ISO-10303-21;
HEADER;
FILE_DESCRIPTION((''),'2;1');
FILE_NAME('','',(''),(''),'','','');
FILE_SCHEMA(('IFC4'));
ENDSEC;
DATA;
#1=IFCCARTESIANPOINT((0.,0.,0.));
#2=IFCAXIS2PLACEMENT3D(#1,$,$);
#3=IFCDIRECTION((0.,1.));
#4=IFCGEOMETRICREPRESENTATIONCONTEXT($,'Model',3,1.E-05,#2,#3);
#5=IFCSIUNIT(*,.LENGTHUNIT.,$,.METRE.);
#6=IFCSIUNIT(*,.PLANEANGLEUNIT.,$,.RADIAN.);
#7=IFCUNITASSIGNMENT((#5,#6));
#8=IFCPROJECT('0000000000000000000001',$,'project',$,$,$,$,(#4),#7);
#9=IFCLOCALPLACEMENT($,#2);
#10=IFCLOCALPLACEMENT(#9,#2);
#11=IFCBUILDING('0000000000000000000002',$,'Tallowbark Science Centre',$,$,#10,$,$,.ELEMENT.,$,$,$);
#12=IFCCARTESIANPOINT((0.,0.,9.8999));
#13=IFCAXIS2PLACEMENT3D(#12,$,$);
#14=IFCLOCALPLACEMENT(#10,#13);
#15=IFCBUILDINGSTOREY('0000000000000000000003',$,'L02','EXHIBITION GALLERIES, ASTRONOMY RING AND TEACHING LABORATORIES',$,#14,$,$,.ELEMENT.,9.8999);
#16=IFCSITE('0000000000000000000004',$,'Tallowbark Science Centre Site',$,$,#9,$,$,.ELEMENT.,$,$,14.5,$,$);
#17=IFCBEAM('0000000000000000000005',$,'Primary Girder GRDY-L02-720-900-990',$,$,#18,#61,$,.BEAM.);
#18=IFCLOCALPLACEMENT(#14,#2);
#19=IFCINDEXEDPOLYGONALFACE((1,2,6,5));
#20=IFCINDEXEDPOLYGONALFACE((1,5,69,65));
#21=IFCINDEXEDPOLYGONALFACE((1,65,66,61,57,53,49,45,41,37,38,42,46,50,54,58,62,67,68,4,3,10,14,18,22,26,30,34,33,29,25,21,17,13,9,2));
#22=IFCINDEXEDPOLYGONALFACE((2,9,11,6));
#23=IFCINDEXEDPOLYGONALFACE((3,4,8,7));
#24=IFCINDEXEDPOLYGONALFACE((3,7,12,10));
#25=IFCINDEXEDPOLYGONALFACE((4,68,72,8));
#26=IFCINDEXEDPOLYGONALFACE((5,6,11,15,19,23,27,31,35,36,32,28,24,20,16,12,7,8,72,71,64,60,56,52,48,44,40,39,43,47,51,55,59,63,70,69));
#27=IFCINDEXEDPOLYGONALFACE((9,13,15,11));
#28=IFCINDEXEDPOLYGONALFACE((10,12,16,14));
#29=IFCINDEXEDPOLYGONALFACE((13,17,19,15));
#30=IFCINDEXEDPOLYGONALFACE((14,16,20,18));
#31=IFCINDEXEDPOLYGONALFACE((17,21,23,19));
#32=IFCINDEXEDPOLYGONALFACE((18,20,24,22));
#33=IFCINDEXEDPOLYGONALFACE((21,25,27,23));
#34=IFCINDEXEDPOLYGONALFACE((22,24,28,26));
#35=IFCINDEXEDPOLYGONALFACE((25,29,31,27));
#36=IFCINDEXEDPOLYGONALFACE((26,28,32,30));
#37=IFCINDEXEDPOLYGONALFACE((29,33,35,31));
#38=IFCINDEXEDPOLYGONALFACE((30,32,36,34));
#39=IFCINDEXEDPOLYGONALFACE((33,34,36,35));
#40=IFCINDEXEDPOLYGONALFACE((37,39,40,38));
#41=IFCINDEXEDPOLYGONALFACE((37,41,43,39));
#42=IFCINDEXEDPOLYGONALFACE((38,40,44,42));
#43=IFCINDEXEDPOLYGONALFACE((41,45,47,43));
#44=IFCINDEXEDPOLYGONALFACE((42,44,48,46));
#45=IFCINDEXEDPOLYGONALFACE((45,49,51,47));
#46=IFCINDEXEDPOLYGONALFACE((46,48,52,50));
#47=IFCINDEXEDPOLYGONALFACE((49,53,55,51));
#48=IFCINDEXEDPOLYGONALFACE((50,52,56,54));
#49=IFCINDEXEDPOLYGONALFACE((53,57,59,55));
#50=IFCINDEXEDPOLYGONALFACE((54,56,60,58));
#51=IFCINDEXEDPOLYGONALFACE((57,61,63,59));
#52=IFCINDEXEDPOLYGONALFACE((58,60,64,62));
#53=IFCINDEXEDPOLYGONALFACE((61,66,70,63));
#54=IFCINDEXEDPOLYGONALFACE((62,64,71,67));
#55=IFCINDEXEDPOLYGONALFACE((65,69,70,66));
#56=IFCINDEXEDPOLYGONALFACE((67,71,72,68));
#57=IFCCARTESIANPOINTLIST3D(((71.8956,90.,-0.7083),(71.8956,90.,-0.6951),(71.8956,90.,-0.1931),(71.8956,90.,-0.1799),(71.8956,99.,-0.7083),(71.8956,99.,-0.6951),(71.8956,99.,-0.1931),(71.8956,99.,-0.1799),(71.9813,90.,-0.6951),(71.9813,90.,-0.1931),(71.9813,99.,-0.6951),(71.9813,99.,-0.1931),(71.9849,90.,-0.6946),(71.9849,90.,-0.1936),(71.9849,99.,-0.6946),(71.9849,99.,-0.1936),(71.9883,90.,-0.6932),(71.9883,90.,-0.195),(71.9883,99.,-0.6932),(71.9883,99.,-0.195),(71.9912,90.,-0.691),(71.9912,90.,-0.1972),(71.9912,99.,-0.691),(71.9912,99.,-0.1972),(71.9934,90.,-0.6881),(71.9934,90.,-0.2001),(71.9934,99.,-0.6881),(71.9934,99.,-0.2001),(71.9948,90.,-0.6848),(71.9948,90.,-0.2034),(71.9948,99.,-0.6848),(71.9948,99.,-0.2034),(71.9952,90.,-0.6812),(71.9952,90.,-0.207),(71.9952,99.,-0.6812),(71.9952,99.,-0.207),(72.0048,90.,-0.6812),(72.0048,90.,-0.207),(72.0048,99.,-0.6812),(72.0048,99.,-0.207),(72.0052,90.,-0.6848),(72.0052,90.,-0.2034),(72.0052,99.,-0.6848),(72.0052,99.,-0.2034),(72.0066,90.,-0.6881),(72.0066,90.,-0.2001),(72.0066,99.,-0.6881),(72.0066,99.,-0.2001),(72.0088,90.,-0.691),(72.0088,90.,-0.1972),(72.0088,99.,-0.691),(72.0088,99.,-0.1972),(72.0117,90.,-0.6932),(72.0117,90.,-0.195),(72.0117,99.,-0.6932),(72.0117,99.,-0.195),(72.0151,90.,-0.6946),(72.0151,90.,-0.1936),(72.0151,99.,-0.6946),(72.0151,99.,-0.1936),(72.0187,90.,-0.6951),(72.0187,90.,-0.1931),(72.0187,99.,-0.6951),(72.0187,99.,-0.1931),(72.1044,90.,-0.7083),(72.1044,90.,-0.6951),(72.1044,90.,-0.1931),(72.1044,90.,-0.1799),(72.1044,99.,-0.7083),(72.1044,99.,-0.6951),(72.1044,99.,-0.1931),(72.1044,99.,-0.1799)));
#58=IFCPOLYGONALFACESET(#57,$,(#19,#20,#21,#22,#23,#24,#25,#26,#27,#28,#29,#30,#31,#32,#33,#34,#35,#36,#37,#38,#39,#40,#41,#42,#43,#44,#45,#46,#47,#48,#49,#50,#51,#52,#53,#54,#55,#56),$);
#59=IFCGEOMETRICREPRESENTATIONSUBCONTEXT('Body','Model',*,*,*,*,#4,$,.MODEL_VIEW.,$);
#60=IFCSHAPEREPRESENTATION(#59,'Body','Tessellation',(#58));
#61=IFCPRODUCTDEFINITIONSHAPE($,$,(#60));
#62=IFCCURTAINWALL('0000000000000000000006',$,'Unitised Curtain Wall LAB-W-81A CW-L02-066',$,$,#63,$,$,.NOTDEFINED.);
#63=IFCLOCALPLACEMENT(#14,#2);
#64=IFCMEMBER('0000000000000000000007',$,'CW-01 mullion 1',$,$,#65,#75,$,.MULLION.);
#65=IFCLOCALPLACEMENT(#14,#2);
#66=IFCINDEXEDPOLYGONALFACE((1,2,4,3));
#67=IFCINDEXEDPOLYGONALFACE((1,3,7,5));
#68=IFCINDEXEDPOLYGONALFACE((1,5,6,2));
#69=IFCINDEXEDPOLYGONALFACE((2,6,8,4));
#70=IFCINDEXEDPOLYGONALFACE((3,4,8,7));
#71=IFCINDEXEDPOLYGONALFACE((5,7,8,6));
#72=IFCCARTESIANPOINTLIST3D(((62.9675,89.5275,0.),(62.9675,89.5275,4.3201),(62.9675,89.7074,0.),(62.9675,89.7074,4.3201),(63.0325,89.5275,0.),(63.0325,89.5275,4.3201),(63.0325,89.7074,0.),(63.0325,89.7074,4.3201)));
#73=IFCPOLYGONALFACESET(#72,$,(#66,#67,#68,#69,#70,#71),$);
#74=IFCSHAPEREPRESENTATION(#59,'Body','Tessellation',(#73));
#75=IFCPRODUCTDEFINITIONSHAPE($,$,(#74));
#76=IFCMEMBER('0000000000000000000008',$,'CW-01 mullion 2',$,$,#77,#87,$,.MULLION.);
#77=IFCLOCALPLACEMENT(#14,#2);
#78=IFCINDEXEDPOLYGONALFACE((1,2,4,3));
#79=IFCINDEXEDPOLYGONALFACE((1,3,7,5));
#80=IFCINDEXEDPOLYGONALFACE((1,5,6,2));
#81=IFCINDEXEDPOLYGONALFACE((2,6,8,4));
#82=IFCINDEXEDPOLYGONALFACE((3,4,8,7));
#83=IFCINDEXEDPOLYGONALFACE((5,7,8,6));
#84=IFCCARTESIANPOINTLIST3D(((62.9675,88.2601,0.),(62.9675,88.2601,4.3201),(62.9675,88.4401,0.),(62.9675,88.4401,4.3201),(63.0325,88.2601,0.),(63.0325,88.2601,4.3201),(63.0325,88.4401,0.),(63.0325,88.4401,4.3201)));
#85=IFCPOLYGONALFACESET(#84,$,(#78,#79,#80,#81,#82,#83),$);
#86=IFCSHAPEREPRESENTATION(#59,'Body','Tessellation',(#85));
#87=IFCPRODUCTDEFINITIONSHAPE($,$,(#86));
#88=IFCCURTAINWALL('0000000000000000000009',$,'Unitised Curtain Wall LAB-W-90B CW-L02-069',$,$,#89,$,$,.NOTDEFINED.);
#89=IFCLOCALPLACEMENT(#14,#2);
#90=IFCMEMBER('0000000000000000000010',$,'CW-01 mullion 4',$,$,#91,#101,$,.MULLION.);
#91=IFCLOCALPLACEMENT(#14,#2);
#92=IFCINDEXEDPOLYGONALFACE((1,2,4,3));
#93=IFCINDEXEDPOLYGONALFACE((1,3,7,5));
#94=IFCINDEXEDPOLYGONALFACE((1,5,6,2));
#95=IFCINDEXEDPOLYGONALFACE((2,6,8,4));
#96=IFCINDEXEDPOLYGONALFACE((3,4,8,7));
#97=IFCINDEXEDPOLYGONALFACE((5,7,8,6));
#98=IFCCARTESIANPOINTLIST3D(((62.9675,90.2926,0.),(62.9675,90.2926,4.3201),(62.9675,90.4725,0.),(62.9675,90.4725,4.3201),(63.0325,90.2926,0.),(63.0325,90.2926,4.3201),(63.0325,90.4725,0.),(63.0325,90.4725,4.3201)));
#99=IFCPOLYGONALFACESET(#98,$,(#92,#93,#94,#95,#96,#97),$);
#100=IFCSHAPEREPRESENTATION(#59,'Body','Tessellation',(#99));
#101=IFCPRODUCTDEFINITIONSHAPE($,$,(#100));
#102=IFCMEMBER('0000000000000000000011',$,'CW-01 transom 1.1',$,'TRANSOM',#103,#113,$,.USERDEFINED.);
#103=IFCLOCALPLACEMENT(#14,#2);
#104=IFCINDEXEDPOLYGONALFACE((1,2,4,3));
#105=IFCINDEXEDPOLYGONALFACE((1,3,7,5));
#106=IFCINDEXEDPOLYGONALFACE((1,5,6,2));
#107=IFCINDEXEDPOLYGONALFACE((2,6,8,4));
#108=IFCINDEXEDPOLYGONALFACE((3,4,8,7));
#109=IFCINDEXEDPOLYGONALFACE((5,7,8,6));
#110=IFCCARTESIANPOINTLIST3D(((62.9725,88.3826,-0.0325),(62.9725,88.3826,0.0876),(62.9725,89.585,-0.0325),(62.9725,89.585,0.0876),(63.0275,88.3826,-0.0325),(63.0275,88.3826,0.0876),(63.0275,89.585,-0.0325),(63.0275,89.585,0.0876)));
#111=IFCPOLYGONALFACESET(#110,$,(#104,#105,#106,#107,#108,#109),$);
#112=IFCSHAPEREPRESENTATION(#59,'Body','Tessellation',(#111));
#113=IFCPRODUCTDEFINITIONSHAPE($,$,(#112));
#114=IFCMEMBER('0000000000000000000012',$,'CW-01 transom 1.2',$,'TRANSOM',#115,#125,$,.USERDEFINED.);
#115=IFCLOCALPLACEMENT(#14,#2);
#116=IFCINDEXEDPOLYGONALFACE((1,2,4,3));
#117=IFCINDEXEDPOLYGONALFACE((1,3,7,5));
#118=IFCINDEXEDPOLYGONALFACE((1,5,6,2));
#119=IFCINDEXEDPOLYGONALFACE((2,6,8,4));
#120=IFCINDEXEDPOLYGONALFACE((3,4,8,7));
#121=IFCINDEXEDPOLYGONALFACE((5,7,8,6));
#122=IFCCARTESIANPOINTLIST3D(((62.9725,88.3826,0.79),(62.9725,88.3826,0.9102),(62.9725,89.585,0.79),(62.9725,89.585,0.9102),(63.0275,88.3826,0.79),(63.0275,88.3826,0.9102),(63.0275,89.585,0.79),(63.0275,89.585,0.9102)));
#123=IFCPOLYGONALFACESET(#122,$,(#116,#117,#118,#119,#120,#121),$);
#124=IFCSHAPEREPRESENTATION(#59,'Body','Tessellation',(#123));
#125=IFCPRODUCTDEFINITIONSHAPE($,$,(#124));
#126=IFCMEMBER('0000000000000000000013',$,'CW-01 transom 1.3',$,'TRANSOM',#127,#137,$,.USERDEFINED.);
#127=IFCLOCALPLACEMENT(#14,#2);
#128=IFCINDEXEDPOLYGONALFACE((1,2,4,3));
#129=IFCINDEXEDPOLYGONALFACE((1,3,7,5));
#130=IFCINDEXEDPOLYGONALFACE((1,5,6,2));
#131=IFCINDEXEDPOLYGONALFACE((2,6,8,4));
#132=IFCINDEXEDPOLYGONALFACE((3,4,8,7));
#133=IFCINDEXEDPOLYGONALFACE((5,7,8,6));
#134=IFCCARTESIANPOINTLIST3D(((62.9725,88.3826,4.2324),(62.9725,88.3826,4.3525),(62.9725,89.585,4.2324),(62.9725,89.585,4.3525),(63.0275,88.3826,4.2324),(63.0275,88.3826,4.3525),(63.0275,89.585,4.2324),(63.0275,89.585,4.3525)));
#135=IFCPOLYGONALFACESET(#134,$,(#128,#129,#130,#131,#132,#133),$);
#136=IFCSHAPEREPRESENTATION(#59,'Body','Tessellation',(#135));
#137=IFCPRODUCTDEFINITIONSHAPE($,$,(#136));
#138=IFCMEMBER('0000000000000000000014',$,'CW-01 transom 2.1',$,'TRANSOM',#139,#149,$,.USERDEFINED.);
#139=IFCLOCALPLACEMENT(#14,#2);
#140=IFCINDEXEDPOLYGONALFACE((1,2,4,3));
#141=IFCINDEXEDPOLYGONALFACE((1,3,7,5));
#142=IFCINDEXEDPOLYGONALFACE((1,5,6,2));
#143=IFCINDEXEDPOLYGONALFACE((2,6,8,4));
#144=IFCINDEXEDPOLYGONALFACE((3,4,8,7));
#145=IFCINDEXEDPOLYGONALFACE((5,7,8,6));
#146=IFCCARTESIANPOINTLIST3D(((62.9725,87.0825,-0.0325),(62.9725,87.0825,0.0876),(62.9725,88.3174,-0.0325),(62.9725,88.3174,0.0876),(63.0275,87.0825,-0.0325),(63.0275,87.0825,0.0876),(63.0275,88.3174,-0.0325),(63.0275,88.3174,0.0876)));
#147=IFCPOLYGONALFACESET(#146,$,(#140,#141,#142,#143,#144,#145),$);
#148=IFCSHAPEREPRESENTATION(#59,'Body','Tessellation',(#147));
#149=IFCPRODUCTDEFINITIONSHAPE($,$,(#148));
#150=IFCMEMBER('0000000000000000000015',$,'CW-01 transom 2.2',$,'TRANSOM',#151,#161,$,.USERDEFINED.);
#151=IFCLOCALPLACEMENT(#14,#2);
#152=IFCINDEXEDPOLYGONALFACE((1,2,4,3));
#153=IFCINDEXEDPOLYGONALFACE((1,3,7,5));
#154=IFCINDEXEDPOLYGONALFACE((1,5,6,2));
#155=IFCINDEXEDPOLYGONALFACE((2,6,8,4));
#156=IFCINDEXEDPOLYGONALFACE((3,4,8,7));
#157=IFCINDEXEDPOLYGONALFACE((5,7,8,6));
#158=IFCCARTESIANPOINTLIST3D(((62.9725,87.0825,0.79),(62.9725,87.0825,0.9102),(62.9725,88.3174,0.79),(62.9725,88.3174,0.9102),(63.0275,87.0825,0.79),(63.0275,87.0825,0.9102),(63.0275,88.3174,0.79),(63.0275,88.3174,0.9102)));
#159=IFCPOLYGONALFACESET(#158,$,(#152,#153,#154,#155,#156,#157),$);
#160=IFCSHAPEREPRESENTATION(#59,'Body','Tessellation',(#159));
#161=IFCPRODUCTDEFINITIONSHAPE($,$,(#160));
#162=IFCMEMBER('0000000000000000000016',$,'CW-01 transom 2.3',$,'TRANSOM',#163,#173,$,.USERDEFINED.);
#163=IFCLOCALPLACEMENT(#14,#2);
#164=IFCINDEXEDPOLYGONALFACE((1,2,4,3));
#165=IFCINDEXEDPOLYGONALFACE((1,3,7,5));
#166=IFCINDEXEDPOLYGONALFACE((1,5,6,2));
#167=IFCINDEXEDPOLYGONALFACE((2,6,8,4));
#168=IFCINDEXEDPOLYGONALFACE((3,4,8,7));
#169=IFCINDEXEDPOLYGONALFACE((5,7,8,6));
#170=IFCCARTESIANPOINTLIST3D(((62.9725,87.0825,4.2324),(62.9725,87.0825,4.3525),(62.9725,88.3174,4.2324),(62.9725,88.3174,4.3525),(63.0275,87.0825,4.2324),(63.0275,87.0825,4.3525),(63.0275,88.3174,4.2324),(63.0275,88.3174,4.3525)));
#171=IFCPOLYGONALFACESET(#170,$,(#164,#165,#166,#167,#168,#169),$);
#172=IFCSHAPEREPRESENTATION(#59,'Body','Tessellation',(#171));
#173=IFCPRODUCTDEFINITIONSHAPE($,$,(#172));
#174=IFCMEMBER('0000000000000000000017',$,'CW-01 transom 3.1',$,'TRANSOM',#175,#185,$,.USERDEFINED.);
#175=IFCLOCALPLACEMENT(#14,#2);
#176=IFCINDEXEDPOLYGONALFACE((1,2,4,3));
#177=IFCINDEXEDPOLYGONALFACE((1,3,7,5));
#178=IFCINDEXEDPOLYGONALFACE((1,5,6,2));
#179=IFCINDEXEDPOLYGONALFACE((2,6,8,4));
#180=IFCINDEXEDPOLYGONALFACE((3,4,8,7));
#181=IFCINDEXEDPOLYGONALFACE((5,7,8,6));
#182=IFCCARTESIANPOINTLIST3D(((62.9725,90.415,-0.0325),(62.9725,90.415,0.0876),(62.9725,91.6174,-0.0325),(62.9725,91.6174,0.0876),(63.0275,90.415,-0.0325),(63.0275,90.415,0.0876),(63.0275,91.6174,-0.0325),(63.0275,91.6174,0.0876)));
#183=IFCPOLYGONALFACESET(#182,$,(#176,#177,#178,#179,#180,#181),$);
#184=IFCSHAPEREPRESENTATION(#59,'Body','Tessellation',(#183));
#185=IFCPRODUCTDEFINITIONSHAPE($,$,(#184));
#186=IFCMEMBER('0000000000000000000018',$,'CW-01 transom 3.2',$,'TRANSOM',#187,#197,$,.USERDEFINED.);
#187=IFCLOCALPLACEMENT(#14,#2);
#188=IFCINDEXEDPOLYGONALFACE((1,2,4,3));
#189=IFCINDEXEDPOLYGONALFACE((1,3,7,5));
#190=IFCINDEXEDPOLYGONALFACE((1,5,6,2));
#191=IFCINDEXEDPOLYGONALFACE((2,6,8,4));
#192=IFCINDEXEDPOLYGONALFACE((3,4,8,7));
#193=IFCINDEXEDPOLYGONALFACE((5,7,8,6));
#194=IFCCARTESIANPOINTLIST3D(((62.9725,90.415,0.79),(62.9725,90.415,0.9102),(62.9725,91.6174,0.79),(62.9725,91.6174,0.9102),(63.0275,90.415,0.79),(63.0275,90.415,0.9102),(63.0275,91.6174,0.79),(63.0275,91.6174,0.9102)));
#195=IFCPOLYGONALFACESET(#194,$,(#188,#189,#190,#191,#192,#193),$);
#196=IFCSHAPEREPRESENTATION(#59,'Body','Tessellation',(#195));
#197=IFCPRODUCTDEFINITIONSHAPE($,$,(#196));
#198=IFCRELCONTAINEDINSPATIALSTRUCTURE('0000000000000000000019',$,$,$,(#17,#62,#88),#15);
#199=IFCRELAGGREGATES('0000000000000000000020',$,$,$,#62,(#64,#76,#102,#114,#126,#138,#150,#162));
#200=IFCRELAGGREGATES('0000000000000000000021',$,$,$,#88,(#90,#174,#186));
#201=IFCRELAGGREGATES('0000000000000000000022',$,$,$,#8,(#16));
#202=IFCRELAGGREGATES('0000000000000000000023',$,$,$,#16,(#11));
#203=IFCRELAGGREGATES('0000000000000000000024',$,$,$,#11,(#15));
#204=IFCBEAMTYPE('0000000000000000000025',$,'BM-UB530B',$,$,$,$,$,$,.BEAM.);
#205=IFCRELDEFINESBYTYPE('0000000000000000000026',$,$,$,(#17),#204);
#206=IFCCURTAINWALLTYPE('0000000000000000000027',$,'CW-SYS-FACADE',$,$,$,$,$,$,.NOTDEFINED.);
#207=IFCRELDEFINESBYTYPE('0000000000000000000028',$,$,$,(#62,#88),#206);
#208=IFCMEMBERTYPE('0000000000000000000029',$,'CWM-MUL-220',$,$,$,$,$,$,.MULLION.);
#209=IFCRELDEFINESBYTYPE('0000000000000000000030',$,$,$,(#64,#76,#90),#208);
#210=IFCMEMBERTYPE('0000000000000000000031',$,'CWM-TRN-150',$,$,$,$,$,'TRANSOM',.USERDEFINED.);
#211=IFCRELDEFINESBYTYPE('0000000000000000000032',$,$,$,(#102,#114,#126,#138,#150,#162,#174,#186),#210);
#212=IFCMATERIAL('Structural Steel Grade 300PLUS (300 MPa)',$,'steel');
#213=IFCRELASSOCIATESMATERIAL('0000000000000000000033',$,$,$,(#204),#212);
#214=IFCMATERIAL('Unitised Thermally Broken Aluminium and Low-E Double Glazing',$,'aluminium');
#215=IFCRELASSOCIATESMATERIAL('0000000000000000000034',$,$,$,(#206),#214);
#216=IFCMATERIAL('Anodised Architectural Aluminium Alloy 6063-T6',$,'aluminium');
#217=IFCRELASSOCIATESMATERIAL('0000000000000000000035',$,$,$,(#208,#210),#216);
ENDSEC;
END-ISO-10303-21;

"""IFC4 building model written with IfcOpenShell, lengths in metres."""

from ifc_helpers import new_model, si_unit, direction, frame, origin, origin_2d, place, context, subcontext, project, spatial, rectangle, i_section, extrude, material, material_profile, profile_set, type_object, element, aggregate, save


model = new_model("IFC4")

# Units and contexts
model_context = context("Model", 3, precision=1e-05, world=origin(), true_north=direction((0.0, 1.0)))
body_context = subcontext(model_context, "Body", "Model", "MODEL_VIEW")
ifc_project = project(units=[si_unit("LENGTHUNIT", "METRE"), si_unit("PLANEANGLEUNIT", "RADIAN")], contexts=[model_context])

# Site, building, storey
site_placement = place(None, origin())
site = spatial("IfcSite", under=ifc_project, at=site_placement, Name="Tallowbark Science Centre Site", CompositionType="ELEMENT", RefElevation=14.5)
building_placement = place(site_placement, origin())
building = spatial("IfcBuilding", under=site, at=building_placement, Name="Tallowbark Science Centre", CompositionType="ELEMENT")
storey_placement = place(building_placement, frame((0.0, 0.0, 9.8999)))
storey = spatial("IfcBuildingStorey", under=building, at=storey_placement, Name="L02", Description="EXHIBITION GALLERIES, ASTRONOMY RING AND TEACHING LABORATORIES", CompositionType="ELEMENT", Elevation=9.8999)

# Shared definitions
ifc_material_1 = material(Name="Structural Steel Grade 300PLUS (300 MPa)", Category="steel")

# Beam
ifc_material_profile_1 = material_profile(ifc_material_1, i_section(OverallWidth=0.2087, OverallDepth=0.5283, WebThickness=0.0095, FlangeThickness=0.0132, FilletRadius=0.0139, at=origin_2d()), Name="530UB82.0")
ifc_profile_set_1 = profile_set([ifc_material_profile_1], Name="Structural Steel Grade 300PLUS (300 MPa)")
beam_type_1 = type_object("IfcBeamType", Name="BM-UB530B", PredefinedType="BEAM", material=ifc_profile_set_1)
for number, where, z_axis, x_axis, name in (
    (1, (72.0, 90.0, -0.4441), (0.0, 1.0, 0.0), (-1.0, 0.0, 0.0), "Primary Girder GRDY-L02-720-900-990"),
):
    element("IfcBeam", number, at=place(storey_placement, frame(where, z_axis=z_axis, x_axis=x_axis)), inside=storey, type_object=beam_type_1, Name=name, PredefinedType="BEAM", context=body_context, shape_type="SweptSolid", body=[
        extrude(i_section(OverallWidth=0.2087, OverallDepth=0.5283, WebThickness=0.0095, FlangeThickness=0.0132, FilletRadius=0.0139, at=origin_2d()), origin(), (0.0, 0.0, 1.0), 9.0),
    ])

# Curtain wall, members
ifc_material_2 = material(Name="Unitised Thermally Broken Aluminium and Low-E Double Glazing", Category="aluminium")
curtain_wall_type = type_object("IfcCurtainWallType", Name="CW-SYS-FACADE", PredefinedType="NOTDEFINED", material=ifc_material_2)
curtain_wall_1_placement = place(storey_placement, origin())
curtain_wall_1 = element("IfcCurtainWall", 2, at=curtain_wall_1_placement, inside=storey, type_object=curtain_wall_type, Name="Unitised Curtain Wall LAB-W-81A CW-L02-066", PredefinedType="NOTDEFINED")
ifc_material_3 = material(Name="Anodised Architectural Aluminium Alloy 6063-T6", Category="aluminium")
ifc_material_profile_2 = material_profile(ifc_material_3, rectangle(XDim=0.0649, YDim=0.1799, at=origin_2d()), Name="ALU65x180")
ifc_profile_set_2 = profile_set([ifc_material_profile_2], Name="Anodised Architectural Aluminium Alloy 6063-T6")
member_type_1 = type_object("IfcMemberType", Name="CWM-MUL-220", PredefinedType="MULLION", material=ifc_profile_set_2)
member_1_placement = place(storey_placement, frame((63.0, 89.6174, 0.0), z_axis=(0.0, 0.0, 1.0), x_axis=(1.0, 0.0, 0.0)))
member_1 = element("IfcMember", 3, at=member_1_placement, type_object=member_type_1, Name="CW-01 mullion 1", PredefinedType="MULLION", context=body_context, shape_type="SweptSolid", body=[
    extrude(rectangle(XDim=0.0649, YDim=0.1799, at=origin_2d()), origin(), (0.0, 0.0, 1.0), 4.3201),
])
member_2_placement = place(storey_placement, frame((63.0, 88.3501, 0.0), z_axis=(0.0, 0.0, 1.0), x_axis=(1.0, 0.0, 0.0)))
member_2 = element("IfcMember", 4, at=member_2_placement, type_object=member_type_1, Name="CW-01 mullion 2", PredefinedType="MULLION", context=body_context, shape_type="SweptSolid", body=[
    extrude(rectangle(XDim=0.0649, YDim=0.1799, at=origin_2d()), origin(), (0.0, 0.0, 1.0), 4.3201),
])

# Curtain wall, member
curtain_wall_2_placement = place(storey_placement, origin())
curtain_wall_2 = element("IfcCurtainWall", 5, at=curtain_wall_2_placement, inside=storey, type_object=curtain_wall_type, Name="Unitised Curtain Wall LAB-W-90B CW-L02-069", PredefinedType="NOTDEFINED")
member_3_placement = place(storey_placement, frame((63.0, 90.3826, 0.0), z_axis=(0.0, 0.0, 1.0), x_axis=(1.0, 0.0, 0.0)))
member_3 = element("IfcMember", 6, at=member_3_placement, type_object=member_type_1, Name="CW-01 mullion 4", PredefinedType="MULLION", context=body_context, shape_type="SweptSolid", body=[
    extrude(rectangle(XDim=0.0649, YDim=0.1799, at=origin_2d()), origin(), (0.0, 0.0, 1.0), 4.3201),
])

# Members
ifc_material_profile_3 = material_profile(ifc_material_3, rectangle(XDim=0.0549, YDim=0.1201, at=origin_2d()), Name="ALU55x120")
ifc_profile_set_3 = profile_set([ifc_material_profile_3], Name="Anodised Architectural Aluminium Alloy 6063-T6")
member_type_2 = type_object("IfcMemberType", Name="CWM-TRN-150", ElementType="TRANSOM", PredefinedType="USERDEFINED", material=ifc_profile_set_3)
member_4_placement = place(storey_placement, frame((63.0, 89.585, 0.0276), z_axis=(0.0, -1.0, 0.0), x_axis=(1.0, 0.0, 0.0)))
member_4 = element("IfcMember", 7, at=member_4_placement, type_object=member_type_2, Name="CW-01 transom 1.1", ObjectType="TRANSOM", PredefinedType="USERDEFINED", context=body_context, shape_type="SweptSolid", body=[
    extrude(rectangle(XDim=0.0549, YDim=0.1201, at=origin_2d()), origin(), (0.0, 0.0, 1.0), 1.2024),
])
member_5_placement = place(storey_placement, frame((63.0, 89.585, 0.8501), z_axis=(0.0, -1.0, 0.0), x_axis=(1.0, 0.0, 0.0)))
member_5 = element("IfcMember", 8, at=member_5_placement, type_object=member_type_2, Name="CW-01 transom 1.2", ObjectType="TRANSOM", PredefinedType="USERDEFINED", context=body_context, shape_type="SweptSolid", body=[
    extrude(rectangle(XDim=0.0549, YDim=0.1201, at=origin_2d()), origin(), (0.0, 0.0, 1.0), 1.2024),
])
member_6_placement = place(storey_placement, frame((63.0, 89.585, 4.2925), z_axis=(0.0, -1.0, 0.0), x_axis=(1.0, 0.0, 0.0)))
member_6 = element("IfcMember", 9, at=member_6_placement, type_object=member_type_2, Name="CW-01 transom 1.3", ObjectType="TRANSOM", PredefinedType="USERDEFINED", context=body_context, shape_type="SweptSolid", body=[
    extrude(rectangle(XDim=0.0549, YDim=0.1201, at=origin_2d()), origin(), (0.0, 0.0, 1.0), 1.2024),
])
member_7_placement = place(storey_placement, frame((63.0, 88.3174, 0.0276), z_axis=(0.0, -1.0, 0.0), x_axis=(1.0, 0.0, 0.0)))
member_7 = element("IfcMember", 10, at=member_7_placement, type_object=member_type_2, Name="CW-01 transom 2.1", ObjectType="TRANSOM", PredefinedType="USERDEFINED", context=body_context, shape_type="SweptSolid", body=[
    extrude(rectangle(XDim=0.0549, YDim=0.1201, at=origin_2d()), origin(), (0.0, 0.0, 1.0), 1.2349),
])
member_8_placement = place(storey_placement, frame((63.0, 88.3174, 0.8501), z_axis=(0.0, -1.0, 0.0), x_axis=(1.0, 0.0, 0.0)))
member_8 = element("IfcMember", 11, at=member_8_placement, type_object=member_type_2, Name="CW-01 transom 2.2", ObjectType="TRANSOM", PredefinedType="USERDEFINED", context=body_context, shape_type="SweptSolid", body=[
    extrude(rectangle(XDim=0.0549, YDim=0.1201, at=origin_2d()), origin(), (0.0, 0.0, 1.0), 1.2349),
])
member_9_placement = place(storey_placement, frame((63.0, 88.3174, 4.2925), z_axis=(0.0, -1.0, 0.0), x_axis=(1.0, 0.0, 0.0)))
member_9 = element("IfcMember", 12, at=member_9_placement, type_object=member_type_2, Name="CW-01 transom 2.3", ObjectType="TRANSOM", PredefinedType="USERDEFINED", context=body_context, shape_type="SweptSolid", body=[
    extrude(rectangle(XDim=0.0549, YDim=0.1201, at=origin_2d()), origin(), (0.0, 0.0, 1.0), 1.2349),
])
member_10_placement = place(storey_placement, frame((63.0, 91.6174, 0.0276), z_axis=(0.0, -1.0, 0.0), x_axis=(1.0, 0.0, 0.0)))
member_10 = element("IfcMember", 13, at=member_10_placement, type_object=member_type_2, Name="CW-01 transom 3.1", ObjectType="TRANSOM", PredefinedType="USERDEFINED", context=body_context, shape_type="SweptSolid", body=[
    extrude(rectangle(XDim=0.0549, YDim=0.1201, at=origin_2d()), origin(), (0.0, 0.0, 1.0), 1.2024),
])
member_11_placement = place(storey_placement, frame((63.0, 91.6174, 0.8501), z_axis=(0.0, -1.0, 0.0), x_axis=(1.0, 0.0, 0.0)))
member_11 = element("IfcMember", 14, at=member_11_placement, type_object=member_type_2, Name="CW-01 transom 3.2", ObjectType="TRANSOM", PredefinedType="USERDEFINED", context=body_context, shape_type="SweptSolid", body=[
    extrude(rectangle(XDim=0.0549, YDim=0.1201, at=origin_2d()), origin(), (0.0, 0.0, 1.0), 1.2024),
])

aggregate(curtain_wall_1, [member_1, member_2, member_4, member_5, member_6, member_7, member_8, member_9])
aggregate(curtain_wall_2, [member_3, member_10, member_11])

save(model, "model.ifc")
